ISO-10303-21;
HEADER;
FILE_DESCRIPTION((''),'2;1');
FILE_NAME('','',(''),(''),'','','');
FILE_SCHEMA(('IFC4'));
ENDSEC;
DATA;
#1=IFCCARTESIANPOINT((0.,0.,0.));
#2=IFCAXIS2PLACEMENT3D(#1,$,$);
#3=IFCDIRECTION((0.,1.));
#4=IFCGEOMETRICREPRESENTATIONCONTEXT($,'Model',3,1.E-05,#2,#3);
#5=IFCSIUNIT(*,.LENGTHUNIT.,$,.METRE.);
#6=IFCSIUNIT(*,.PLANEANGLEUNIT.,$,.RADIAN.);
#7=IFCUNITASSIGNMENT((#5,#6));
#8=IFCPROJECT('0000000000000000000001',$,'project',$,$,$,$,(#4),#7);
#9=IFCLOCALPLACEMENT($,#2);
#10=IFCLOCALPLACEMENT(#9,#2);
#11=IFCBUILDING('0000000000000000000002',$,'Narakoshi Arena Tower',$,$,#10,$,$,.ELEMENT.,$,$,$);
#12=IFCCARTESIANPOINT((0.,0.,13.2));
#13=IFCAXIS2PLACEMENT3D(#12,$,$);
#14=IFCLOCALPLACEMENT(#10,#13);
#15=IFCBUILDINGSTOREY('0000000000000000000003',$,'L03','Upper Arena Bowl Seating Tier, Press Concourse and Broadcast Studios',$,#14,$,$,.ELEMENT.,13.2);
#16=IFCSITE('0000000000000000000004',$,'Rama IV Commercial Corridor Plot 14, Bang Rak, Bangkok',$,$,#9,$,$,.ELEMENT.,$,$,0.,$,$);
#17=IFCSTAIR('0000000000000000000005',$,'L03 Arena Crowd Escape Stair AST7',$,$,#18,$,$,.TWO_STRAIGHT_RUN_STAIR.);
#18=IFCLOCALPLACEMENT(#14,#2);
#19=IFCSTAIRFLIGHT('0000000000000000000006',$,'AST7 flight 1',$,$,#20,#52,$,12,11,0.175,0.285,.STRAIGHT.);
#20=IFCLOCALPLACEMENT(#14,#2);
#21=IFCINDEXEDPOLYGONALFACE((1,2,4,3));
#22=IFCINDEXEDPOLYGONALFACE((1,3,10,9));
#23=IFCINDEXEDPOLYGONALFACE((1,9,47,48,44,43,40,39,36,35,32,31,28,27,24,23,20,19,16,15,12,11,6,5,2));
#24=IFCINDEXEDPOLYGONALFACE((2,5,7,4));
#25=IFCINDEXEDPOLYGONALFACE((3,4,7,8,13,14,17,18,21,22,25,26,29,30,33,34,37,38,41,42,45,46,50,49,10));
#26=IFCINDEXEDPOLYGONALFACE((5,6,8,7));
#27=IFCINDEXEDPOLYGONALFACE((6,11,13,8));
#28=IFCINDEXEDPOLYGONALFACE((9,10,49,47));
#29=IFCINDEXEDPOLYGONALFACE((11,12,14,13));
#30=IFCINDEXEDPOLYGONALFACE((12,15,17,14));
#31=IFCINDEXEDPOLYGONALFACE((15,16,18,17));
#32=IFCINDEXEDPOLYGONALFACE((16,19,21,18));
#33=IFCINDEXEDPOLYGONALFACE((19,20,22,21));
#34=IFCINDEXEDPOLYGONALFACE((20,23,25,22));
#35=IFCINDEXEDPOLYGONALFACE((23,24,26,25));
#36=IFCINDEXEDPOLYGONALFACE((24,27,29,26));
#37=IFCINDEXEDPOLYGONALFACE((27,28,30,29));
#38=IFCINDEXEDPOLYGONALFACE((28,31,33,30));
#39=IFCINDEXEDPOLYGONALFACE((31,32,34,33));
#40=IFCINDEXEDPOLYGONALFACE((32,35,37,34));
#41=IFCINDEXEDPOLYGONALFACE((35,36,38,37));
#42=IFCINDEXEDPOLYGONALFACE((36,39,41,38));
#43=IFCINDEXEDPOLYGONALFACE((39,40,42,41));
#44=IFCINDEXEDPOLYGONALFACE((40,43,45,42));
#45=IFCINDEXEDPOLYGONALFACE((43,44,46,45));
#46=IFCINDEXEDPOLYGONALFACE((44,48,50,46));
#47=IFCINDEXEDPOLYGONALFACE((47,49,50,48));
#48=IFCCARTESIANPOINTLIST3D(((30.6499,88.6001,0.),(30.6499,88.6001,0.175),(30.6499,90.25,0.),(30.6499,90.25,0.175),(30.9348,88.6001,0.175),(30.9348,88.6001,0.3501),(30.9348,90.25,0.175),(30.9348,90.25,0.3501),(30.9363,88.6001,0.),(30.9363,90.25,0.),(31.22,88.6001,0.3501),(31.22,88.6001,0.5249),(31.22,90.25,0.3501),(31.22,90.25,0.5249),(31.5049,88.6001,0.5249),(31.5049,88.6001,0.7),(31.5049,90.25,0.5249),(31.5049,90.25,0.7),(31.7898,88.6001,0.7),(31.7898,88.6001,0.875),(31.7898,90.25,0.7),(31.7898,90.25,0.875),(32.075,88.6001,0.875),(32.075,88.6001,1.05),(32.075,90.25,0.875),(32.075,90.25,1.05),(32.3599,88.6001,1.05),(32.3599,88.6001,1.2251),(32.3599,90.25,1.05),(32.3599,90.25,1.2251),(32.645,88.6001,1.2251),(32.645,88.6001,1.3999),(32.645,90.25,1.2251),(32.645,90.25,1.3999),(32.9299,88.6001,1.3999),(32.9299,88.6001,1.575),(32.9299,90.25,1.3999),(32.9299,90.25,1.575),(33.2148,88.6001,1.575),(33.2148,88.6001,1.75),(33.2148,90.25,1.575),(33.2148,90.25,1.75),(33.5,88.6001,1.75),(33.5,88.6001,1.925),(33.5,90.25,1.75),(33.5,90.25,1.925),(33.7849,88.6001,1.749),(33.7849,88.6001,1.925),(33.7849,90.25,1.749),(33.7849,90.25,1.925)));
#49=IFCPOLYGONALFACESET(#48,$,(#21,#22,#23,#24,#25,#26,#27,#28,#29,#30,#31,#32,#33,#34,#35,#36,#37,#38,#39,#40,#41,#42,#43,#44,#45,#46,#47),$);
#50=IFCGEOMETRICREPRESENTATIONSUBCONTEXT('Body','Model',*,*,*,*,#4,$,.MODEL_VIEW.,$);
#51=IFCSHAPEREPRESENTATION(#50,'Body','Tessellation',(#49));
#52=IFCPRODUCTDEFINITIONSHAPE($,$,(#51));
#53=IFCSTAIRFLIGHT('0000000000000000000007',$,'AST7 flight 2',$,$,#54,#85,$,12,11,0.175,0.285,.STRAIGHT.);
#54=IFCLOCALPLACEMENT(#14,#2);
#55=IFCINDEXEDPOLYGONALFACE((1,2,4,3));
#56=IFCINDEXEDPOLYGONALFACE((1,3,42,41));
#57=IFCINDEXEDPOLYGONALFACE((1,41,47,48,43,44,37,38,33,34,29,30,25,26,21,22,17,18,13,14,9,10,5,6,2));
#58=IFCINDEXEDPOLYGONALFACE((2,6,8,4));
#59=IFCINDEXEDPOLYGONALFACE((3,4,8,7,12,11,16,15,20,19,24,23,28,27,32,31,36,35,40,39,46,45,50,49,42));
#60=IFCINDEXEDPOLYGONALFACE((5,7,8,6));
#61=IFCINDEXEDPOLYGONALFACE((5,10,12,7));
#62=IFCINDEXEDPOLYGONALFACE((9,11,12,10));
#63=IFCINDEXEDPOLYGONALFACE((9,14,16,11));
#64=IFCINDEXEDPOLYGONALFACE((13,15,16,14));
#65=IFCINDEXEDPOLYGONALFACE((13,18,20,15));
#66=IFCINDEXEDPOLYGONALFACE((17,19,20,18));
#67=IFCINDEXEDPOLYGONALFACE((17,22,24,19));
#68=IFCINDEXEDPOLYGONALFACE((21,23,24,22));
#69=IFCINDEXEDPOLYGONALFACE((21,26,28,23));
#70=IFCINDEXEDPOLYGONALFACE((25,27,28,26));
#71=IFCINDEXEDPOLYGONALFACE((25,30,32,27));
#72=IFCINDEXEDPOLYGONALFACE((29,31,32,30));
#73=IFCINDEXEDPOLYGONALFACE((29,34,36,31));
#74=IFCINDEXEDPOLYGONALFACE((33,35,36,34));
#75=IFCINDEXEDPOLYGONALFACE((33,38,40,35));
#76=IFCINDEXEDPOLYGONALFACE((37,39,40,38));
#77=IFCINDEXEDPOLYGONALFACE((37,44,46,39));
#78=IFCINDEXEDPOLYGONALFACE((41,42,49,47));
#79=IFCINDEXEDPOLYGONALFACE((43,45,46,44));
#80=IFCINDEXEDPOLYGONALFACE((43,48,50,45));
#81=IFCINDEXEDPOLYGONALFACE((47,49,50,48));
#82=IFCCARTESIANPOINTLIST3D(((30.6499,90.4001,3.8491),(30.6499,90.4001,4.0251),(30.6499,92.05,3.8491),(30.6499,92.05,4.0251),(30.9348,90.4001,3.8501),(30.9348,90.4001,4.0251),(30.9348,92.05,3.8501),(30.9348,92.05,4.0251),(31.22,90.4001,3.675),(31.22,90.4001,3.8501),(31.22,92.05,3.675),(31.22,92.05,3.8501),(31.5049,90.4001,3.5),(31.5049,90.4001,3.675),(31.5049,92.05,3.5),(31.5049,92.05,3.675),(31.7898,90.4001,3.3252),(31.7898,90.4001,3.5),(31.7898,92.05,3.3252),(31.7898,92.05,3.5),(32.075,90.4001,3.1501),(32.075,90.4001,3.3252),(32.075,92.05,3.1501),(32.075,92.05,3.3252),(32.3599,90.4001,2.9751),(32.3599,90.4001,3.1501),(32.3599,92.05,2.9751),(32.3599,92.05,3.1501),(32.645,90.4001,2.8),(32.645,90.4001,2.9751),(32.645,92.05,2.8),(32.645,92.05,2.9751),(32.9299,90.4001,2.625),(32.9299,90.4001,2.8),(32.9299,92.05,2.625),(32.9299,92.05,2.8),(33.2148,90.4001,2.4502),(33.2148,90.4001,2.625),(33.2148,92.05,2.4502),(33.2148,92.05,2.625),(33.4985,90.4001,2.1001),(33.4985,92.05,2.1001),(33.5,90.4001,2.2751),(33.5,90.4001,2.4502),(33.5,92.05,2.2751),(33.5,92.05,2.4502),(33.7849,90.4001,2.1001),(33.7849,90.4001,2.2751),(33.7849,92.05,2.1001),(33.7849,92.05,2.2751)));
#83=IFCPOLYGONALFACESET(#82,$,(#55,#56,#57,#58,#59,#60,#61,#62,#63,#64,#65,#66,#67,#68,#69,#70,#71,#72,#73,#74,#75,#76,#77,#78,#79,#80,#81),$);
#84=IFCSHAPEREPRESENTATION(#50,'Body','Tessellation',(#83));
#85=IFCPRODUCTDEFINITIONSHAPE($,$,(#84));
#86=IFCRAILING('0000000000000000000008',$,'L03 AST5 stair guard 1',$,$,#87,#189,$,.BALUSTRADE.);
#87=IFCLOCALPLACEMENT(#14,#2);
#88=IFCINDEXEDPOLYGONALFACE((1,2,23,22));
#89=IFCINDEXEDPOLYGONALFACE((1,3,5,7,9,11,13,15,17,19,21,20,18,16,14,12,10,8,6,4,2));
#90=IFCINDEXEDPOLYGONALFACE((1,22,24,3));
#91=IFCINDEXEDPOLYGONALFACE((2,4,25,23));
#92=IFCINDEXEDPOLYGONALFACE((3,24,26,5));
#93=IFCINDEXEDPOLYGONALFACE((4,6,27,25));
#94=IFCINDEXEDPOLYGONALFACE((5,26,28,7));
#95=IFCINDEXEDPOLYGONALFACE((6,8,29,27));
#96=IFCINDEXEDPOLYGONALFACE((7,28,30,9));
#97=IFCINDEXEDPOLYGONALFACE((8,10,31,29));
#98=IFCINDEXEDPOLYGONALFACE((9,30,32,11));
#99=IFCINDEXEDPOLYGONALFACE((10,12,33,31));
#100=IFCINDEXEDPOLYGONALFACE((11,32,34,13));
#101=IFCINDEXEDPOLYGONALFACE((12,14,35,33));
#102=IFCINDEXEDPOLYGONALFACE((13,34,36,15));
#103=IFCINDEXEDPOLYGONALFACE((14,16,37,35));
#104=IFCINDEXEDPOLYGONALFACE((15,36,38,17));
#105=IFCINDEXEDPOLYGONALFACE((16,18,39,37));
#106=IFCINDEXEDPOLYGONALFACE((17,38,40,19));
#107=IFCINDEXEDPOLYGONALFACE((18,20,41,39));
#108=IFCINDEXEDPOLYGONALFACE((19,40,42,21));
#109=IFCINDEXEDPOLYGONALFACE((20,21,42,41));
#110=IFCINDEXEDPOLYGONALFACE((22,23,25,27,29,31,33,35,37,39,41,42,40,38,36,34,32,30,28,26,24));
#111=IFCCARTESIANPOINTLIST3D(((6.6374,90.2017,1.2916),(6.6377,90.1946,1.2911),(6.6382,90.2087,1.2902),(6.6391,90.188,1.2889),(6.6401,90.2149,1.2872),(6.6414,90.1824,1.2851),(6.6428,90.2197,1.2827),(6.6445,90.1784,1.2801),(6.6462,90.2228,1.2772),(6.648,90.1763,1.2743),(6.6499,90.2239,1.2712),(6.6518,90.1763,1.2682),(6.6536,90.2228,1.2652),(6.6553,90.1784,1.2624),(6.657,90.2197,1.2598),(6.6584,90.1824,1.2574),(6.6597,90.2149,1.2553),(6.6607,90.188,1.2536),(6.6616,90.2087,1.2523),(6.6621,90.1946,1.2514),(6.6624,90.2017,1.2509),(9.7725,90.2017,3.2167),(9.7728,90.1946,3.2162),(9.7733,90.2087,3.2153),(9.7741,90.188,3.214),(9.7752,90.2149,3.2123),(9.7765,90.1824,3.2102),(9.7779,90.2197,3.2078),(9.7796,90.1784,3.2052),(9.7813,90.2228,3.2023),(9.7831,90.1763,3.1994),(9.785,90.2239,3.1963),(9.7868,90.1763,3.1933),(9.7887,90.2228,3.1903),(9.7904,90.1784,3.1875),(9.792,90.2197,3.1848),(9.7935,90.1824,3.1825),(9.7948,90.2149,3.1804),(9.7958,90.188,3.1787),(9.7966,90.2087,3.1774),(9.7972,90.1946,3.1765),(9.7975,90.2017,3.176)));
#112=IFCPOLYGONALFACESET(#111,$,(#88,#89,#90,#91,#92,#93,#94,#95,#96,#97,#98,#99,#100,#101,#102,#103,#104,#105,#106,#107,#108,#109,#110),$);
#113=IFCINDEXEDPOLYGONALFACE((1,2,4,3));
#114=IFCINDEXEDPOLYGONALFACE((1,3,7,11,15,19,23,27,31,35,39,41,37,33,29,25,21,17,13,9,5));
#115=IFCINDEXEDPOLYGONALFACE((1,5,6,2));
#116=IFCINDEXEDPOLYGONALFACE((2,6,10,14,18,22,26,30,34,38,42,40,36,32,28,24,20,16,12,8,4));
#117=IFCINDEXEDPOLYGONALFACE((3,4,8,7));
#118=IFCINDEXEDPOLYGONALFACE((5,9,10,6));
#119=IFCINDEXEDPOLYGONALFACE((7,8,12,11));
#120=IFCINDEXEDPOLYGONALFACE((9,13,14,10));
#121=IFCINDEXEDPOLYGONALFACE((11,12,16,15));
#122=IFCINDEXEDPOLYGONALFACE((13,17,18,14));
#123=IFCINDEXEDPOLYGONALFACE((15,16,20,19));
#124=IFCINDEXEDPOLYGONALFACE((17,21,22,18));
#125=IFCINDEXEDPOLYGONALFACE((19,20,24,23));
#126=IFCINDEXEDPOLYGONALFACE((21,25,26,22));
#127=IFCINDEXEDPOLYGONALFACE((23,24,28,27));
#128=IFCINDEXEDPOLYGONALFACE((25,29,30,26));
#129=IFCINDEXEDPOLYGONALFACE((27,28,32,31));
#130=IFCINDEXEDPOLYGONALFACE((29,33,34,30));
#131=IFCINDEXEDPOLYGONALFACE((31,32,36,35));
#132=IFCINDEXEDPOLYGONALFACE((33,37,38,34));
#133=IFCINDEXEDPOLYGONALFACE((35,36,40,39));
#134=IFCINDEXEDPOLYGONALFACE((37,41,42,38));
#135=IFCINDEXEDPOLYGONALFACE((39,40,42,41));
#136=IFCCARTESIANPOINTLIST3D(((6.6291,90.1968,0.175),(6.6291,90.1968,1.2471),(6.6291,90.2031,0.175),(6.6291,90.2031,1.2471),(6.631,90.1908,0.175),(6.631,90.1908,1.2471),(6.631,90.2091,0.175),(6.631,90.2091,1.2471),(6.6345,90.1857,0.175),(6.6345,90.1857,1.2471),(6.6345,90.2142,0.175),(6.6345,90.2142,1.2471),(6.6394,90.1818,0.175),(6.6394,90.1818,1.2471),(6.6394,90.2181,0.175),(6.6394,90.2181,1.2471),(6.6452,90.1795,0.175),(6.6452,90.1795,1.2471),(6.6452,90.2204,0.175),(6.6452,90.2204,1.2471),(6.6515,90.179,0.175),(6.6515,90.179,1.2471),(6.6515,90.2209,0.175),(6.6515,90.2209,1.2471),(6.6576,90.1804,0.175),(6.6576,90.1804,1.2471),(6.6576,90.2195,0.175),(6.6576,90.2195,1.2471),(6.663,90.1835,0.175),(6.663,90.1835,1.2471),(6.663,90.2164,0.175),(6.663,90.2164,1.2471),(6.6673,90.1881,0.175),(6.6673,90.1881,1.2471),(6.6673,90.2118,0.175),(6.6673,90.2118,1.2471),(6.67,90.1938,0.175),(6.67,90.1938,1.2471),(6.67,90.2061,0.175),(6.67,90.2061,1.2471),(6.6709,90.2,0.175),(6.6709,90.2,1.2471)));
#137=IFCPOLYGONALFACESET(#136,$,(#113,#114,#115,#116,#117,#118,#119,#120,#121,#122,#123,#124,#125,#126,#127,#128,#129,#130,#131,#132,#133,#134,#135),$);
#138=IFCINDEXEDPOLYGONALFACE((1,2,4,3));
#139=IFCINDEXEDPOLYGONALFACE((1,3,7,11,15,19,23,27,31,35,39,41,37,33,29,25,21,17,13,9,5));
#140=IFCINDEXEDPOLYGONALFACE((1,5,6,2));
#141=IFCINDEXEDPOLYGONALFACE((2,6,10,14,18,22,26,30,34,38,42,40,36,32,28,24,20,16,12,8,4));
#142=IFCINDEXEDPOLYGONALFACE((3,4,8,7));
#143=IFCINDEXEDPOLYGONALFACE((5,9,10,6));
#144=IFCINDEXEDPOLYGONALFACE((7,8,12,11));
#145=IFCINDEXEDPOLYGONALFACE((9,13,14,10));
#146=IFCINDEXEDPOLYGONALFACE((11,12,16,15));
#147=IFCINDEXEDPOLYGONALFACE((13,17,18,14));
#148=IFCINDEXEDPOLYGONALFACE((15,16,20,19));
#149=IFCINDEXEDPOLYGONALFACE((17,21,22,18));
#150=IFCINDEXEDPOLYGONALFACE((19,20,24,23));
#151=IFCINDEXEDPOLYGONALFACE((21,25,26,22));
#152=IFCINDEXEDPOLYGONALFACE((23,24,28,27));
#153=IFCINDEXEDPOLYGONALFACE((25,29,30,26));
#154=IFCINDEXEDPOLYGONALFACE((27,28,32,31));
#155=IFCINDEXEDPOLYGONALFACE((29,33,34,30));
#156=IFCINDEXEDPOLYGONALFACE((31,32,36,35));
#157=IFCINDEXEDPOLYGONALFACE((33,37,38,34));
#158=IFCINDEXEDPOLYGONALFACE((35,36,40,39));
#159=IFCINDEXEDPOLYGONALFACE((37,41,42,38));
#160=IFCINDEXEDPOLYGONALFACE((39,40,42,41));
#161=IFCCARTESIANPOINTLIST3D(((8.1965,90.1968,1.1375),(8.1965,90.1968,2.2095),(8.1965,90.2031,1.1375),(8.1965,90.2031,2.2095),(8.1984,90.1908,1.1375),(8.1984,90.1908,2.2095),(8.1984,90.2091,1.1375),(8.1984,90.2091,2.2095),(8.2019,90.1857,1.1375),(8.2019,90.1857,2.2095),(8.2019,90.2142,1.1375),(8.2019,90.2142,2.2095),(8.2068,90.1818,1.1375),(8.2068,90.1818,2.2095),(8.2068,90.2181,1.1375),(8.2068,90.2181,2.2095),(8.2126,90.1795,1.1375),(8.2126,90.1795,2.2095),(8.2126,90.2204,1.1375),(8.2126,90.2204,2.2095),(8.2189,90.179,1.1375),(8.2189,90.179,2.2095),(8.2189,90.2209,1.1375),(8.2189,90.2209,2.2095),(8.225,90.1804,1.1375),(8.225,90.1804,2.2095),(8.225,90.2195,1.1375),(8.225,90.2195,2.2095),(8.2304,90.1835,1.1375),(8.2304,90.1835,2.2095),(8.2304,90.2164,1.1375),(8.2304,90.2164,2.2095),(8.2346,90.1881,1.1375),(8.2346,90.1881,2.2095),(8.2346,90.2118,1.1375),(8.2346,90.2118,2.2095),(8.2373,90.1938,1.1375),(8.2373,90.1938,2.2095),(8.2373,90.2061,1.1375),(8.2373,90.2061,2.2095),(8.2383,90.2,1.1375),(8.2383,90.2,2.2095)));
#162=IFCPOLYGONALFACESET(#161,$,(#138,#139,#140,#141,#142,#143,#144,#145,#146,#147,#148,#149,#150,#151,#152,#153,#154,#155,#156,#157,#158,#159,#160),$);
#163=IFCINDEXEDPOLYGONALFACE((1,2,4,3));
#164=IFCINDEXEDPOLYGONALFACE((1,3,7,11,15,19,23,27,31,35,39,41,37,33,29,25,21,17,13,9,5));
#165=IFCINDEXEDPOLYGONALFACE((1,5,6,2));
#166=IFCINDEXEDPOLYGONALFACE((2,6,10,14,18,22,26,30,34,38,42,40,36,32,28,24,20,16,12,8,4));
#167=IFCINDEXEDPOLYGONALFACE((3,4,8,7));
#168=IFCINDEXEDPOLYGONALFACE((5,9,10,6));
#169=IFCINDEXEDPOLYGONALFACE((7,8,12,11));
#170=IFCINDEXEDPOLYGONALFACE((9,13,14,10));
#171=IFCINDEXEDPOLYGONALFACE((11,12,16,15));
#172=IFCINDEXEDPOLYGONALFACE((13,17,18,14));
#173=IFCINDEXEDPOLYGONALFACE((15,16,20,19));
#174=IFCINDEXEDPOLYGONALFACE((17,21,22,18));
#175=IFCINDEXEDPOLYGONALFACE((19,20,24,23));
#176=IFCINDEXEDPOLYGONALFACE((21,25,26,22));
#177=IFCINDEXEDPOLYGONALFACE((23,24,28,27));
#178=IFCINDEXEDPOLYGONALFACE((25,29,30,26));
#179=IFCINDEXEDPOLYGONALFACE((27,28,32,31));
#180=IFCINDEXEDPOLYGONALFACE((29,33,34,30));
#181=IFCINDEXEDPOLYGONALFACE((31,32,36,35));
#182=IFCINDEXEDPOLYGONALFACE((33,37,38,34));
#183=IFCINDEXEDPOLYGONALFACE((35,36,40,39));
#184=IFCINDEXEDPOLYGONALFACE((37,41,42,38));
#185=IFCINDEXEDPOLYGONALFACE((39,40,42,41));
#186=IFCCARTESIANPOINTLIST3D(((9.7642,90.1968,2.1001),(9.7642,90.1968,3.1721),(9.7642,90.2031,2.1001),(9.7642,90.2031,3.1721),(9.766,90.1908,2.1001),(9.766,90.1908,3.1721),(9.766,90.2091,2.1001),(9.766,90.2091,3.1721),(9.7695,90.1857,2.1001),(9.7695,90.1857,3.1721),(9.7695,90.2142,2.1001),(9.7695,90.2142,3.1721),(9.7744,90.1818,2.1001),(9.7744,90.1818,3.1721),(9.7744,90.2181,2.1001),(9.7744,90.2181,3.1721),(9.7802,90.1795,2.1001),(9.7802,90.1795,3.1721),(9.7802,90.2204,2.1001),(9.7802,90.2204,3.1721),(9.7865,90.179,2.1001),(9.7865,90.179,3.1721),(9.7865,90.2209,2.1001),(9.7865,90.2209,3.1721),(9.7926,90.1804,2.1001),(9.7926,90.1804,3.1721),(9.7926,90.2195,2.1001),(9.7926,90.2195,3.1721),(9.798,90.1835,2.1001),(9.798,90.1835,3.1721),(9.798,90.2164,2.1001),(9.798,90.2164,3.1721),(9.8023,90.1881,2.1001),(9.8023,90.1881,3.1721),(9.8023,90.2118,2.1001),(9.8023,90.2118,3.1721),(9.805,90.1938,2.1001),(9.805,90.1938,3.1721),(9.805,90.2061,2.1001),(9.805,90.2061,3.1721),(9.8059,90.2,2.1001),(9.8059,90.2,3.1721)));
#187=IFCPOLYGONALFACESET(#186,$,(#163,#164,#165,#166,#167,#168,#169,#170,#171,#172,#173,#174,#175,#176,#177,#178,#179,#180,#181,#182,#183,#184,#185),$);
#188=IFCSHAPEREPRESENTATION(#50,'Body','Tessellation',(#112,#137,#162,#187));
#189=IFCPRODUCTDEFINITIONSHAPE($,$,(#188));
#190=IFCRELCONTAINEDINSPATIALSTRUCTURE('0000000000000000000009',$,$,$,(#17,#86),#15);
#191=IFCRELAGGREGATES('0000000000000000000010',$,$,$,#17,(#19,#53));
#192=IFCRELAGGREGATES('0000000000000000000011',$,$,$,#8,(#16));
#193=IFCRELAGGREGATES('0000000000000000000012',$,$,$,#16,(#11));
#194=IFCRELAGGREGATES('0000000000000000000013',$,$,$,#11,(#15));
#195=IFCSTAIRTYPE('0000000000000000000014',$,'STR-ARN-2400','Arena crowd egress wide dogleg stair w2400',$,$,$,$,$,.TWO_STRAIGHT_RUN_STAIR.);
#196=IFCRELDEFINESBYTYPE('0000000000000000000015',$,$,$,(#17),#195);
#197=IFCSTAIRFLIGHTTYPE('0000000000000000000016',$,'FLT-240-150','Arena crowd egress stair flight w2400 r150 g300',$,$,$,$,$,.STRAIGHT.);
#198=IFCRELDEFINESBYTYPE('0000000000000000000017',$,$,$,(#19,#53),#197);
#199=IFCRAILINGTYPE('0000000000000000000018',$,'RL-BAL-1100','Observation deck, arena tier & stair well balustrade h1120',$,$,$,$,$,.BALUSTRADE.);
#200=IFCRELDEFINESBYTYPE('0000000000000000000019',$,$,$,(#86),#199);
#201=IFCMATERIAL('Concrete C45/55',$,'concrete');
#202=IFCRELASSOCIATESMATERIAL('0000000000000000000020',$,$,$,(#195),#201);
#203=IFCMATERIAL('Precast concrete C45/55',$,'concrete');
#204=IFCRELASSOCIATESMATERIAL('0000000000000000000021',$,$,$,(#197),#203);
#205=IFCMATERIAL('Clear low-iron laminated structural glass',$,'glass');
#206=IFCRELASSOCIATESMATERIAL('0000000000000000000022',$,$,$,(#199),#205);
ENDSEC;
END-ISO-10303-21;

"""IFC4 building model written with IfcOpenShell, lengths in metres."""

from ifc_helpers import new_model, si_unit, direction, frame, origin, origin_2d, place, context, subcontext, project, spatial, polyline, circle, outline, extrude, material, type_object, element, aggregate, save


model = new_model("IFC4")

# Units and contexts
model_context = context("Model", 3, precision=1e-05, world=origin(), true_north=direction((0.0, 1.0)))
body_context = subcontext(model_context, "Body", "Model", "MODEL_VIEW")
ifc_project = project(units=[si_unit("LENGTHUNIT", "METRE"), si_unit("PLANEANGLEUNIT", "RADIAN")], contexts=[model_context])

# Site, building, storey
site_placement = place(None, origin())
site = spatial("IfcSite", under=ifc_project, at=site_placement, Name="Rama IV Commercial Corridor Plot 14, Bang Rak, Bangkok", CompositionType="ELEMENT", RefElevation=0.0)
building_placement = place(site_placement, origin())
building = spatial("IfcBuilding", under=site, at=building_placement, Name="Narakoshi Arena Tower", CompositionType="ELEMENT")
storey_placement = place(building_placement, frame((0.0, 0.0, 13.2)))
storey = spatial("IfcBuildingStorey", under=building, at=storey_placement, Name="L03", Description="Upper Arena Bowl Seating Tier, Press Concourse and Broadcast Studios", CompositionType="ELEMENT", Elevation=13.2)

# Shared definitions
ifc_material_1 = material(Name="Precast concrete C45/55", Category="concrete")

# Stair, stair flights
ifc_material_2 = material(Name="Concrete C45/55", Category="concrete")
stair_type = type_object("IfcStairType", Name="STR-ARN-2400", Description="Arena crowd egress wide dogleg stair w2400", PredefinedType="TWO_STRAIGHT_RUN_STAIR", material=ifc_material_2)
stair_flight_type = type_object("IfcStairFlightType", Name="FLT-240-150", Description="Arena crowd egress stair flight w2400 r150 g300", PredefinedType="STRAIGHT", material=ifc_material_1)
stair_1_placement = place(storey_placement, origin())
stair_1 = element("IfcStair", 1, at=stair_1_placement, inside=storey, type_object=stair_type, Name="L03 Arena Crowd Escape Stair AST7", PredefinedType="TWO_STRAIGHT_RUN_STAIR")
stair_flight_1_placement = place(storey_placement, frame((30.6499, 89.425, 0.0), z_axis=(0.0, 0.0, 1.0), x_axis=(1.0, 0.0, 0.0)))
stair_flight_1 = element("IfcStairFlight", 2, at=stair_flight_1_placement, type_object=stair_flight_type, Name="AST7 flight 1", NumberOfRisers=12, NumberOfTreads=11, PredefinedType="STRAIGHT", RiserHeight=0.175, TreadLength=0.285, context=body_context, shape_type="SweptSolid", body=[
    extrude(outline(polyline([(0.0, 0.0), (0.0, 0.175), (0.2849, 0.175), (0.2849, 0.3501), (0.5701, 0.3501), (0.5701, 0.5249), (0.855, 0.5249), (0.855, 0.7), (1.1399, 0.7), (1.1399, 0.875), (1.425, 0.875), (1.425, 1.05), (1.71, 1.05), (1.71, 1.2251), (1.9951, 1.2251), (1.9951, 1.3999), (2.28, 1.3999), (2.28, 1.575), (2.5649, 1.575), (2.5649, 1.75), (2.8501, 1.75), (2.8501, 1.925), (3.135, 1.925), (3.135, 2.1001), (3.135, 1.749), (0.2864, 0.0), (0.0, 0.0)])), frame((0.0, 0.825, 0.0), z_axis=(0.0, -1.0, 0.0), x_axis=(1.0, 0.0, 0.0)), (0.0, 0.0, 1.0), 1.6499),
])
stair_flight_2_placement = place(storey_placement, frame((33.7849, 91.2251, 2.1001), z_axis=(0.0, 0.0, 1.0), x_axis=(-1.0, 0.0, 0.0)))
stair_flight_2 = element("IfcStairFlight", 3, at=stair_flight_2_placement, type_object=stair_flight_type, Name="AST7 flight 2", NumberOfRisers=12, NumberOfTreads=11, PredefinedType="STRAIGHT", RiserHeight=0.175, TreadLength=0.285, context=body_context, shape_type="SweptSolid", body=[
    extrude(outline(polyline([(0.0, 0.0), (0.0, 0.175), (0.2849, 0.175), (0.2849, 0.3501), (0.5701, 0.3501), (0.5701, 0.5249), (0.855, 0.5249), (0.855, 0.7), (1.1399, 0.7), (1.1399, 0.875), (1.425, 0.875), (1.425, 1.05), (1.71, 1.05), (1.71, 1.2251), (1.9951, 1.2251), (1.9951, 1.3999), (2.28, 1.3999), (2.28, 1.575), (2.5649, 1.575), (2.5649, 1.75), (2.8501, 1.75), (2.8501, 1.925), (3.135, 1.925), (3.135, 2.1001), (3.135, 1.749), (0.2864, 0.0), (0.0, 0.0)])), frame((0.0, 0.825, 0.0), z_axis=(0.0, -1.0, 0.0), x_axis=(1.0, 0.0, 0.0)), (0.0, 0.0, 1.0), 1.6499),
])
aggregate(stair_1, [stair_flight_1, stair_flight_2])

# Railing
ifc_material_3 = material(Name="Clear low-iron laminated structural glass", Category="glass")
railing_type_1 = type_object("IfcRailingType", Name="RL-BAL-1100", Description="Observation deck, arena tier & stair well balustrade h1120", PredefinedType="BALUSTRADE", material=ifc_material_3)
railing_1_placement = place(storey_placement, frame((6.6499, 90.2, 0.175)))
element("IfcRailing", 4, at=railing_1_placement, inside=storey, type_object=railing_type_1, Name="L03 AST5 stair guard 1", PredefinedType="BALUSTRADE", context=body_context, shape_type="SweptSolid", body=[
    extrude(circle(Radius=0.0239, at=origin_2d()), frame((0.0, 0.0, 1.0962), z_axis=(0.852166, 0.0, 0.523271), x_axis=(0.0, 1.0, 0.0)), (0.0, 0.0, 1.0), 3.679),
    extrude(circle(Radius=0.021, at=origin_2d()), origin(), (0.0, 0.0, 1.0), 1.072),
    extrude(circle(Radius=0.021, at=origin_2d()), frame((1.5674, 0.0, 0.9624)), (0.0, 0.0, 1.0), 1.072),
    extrude(circle(Radius=0.021, at=origin_2d()), frame((3.135, 0.0, 1.925)), (0.0, 0.0, 1.0), 1.072),
])

save(model, "model.ifc")
